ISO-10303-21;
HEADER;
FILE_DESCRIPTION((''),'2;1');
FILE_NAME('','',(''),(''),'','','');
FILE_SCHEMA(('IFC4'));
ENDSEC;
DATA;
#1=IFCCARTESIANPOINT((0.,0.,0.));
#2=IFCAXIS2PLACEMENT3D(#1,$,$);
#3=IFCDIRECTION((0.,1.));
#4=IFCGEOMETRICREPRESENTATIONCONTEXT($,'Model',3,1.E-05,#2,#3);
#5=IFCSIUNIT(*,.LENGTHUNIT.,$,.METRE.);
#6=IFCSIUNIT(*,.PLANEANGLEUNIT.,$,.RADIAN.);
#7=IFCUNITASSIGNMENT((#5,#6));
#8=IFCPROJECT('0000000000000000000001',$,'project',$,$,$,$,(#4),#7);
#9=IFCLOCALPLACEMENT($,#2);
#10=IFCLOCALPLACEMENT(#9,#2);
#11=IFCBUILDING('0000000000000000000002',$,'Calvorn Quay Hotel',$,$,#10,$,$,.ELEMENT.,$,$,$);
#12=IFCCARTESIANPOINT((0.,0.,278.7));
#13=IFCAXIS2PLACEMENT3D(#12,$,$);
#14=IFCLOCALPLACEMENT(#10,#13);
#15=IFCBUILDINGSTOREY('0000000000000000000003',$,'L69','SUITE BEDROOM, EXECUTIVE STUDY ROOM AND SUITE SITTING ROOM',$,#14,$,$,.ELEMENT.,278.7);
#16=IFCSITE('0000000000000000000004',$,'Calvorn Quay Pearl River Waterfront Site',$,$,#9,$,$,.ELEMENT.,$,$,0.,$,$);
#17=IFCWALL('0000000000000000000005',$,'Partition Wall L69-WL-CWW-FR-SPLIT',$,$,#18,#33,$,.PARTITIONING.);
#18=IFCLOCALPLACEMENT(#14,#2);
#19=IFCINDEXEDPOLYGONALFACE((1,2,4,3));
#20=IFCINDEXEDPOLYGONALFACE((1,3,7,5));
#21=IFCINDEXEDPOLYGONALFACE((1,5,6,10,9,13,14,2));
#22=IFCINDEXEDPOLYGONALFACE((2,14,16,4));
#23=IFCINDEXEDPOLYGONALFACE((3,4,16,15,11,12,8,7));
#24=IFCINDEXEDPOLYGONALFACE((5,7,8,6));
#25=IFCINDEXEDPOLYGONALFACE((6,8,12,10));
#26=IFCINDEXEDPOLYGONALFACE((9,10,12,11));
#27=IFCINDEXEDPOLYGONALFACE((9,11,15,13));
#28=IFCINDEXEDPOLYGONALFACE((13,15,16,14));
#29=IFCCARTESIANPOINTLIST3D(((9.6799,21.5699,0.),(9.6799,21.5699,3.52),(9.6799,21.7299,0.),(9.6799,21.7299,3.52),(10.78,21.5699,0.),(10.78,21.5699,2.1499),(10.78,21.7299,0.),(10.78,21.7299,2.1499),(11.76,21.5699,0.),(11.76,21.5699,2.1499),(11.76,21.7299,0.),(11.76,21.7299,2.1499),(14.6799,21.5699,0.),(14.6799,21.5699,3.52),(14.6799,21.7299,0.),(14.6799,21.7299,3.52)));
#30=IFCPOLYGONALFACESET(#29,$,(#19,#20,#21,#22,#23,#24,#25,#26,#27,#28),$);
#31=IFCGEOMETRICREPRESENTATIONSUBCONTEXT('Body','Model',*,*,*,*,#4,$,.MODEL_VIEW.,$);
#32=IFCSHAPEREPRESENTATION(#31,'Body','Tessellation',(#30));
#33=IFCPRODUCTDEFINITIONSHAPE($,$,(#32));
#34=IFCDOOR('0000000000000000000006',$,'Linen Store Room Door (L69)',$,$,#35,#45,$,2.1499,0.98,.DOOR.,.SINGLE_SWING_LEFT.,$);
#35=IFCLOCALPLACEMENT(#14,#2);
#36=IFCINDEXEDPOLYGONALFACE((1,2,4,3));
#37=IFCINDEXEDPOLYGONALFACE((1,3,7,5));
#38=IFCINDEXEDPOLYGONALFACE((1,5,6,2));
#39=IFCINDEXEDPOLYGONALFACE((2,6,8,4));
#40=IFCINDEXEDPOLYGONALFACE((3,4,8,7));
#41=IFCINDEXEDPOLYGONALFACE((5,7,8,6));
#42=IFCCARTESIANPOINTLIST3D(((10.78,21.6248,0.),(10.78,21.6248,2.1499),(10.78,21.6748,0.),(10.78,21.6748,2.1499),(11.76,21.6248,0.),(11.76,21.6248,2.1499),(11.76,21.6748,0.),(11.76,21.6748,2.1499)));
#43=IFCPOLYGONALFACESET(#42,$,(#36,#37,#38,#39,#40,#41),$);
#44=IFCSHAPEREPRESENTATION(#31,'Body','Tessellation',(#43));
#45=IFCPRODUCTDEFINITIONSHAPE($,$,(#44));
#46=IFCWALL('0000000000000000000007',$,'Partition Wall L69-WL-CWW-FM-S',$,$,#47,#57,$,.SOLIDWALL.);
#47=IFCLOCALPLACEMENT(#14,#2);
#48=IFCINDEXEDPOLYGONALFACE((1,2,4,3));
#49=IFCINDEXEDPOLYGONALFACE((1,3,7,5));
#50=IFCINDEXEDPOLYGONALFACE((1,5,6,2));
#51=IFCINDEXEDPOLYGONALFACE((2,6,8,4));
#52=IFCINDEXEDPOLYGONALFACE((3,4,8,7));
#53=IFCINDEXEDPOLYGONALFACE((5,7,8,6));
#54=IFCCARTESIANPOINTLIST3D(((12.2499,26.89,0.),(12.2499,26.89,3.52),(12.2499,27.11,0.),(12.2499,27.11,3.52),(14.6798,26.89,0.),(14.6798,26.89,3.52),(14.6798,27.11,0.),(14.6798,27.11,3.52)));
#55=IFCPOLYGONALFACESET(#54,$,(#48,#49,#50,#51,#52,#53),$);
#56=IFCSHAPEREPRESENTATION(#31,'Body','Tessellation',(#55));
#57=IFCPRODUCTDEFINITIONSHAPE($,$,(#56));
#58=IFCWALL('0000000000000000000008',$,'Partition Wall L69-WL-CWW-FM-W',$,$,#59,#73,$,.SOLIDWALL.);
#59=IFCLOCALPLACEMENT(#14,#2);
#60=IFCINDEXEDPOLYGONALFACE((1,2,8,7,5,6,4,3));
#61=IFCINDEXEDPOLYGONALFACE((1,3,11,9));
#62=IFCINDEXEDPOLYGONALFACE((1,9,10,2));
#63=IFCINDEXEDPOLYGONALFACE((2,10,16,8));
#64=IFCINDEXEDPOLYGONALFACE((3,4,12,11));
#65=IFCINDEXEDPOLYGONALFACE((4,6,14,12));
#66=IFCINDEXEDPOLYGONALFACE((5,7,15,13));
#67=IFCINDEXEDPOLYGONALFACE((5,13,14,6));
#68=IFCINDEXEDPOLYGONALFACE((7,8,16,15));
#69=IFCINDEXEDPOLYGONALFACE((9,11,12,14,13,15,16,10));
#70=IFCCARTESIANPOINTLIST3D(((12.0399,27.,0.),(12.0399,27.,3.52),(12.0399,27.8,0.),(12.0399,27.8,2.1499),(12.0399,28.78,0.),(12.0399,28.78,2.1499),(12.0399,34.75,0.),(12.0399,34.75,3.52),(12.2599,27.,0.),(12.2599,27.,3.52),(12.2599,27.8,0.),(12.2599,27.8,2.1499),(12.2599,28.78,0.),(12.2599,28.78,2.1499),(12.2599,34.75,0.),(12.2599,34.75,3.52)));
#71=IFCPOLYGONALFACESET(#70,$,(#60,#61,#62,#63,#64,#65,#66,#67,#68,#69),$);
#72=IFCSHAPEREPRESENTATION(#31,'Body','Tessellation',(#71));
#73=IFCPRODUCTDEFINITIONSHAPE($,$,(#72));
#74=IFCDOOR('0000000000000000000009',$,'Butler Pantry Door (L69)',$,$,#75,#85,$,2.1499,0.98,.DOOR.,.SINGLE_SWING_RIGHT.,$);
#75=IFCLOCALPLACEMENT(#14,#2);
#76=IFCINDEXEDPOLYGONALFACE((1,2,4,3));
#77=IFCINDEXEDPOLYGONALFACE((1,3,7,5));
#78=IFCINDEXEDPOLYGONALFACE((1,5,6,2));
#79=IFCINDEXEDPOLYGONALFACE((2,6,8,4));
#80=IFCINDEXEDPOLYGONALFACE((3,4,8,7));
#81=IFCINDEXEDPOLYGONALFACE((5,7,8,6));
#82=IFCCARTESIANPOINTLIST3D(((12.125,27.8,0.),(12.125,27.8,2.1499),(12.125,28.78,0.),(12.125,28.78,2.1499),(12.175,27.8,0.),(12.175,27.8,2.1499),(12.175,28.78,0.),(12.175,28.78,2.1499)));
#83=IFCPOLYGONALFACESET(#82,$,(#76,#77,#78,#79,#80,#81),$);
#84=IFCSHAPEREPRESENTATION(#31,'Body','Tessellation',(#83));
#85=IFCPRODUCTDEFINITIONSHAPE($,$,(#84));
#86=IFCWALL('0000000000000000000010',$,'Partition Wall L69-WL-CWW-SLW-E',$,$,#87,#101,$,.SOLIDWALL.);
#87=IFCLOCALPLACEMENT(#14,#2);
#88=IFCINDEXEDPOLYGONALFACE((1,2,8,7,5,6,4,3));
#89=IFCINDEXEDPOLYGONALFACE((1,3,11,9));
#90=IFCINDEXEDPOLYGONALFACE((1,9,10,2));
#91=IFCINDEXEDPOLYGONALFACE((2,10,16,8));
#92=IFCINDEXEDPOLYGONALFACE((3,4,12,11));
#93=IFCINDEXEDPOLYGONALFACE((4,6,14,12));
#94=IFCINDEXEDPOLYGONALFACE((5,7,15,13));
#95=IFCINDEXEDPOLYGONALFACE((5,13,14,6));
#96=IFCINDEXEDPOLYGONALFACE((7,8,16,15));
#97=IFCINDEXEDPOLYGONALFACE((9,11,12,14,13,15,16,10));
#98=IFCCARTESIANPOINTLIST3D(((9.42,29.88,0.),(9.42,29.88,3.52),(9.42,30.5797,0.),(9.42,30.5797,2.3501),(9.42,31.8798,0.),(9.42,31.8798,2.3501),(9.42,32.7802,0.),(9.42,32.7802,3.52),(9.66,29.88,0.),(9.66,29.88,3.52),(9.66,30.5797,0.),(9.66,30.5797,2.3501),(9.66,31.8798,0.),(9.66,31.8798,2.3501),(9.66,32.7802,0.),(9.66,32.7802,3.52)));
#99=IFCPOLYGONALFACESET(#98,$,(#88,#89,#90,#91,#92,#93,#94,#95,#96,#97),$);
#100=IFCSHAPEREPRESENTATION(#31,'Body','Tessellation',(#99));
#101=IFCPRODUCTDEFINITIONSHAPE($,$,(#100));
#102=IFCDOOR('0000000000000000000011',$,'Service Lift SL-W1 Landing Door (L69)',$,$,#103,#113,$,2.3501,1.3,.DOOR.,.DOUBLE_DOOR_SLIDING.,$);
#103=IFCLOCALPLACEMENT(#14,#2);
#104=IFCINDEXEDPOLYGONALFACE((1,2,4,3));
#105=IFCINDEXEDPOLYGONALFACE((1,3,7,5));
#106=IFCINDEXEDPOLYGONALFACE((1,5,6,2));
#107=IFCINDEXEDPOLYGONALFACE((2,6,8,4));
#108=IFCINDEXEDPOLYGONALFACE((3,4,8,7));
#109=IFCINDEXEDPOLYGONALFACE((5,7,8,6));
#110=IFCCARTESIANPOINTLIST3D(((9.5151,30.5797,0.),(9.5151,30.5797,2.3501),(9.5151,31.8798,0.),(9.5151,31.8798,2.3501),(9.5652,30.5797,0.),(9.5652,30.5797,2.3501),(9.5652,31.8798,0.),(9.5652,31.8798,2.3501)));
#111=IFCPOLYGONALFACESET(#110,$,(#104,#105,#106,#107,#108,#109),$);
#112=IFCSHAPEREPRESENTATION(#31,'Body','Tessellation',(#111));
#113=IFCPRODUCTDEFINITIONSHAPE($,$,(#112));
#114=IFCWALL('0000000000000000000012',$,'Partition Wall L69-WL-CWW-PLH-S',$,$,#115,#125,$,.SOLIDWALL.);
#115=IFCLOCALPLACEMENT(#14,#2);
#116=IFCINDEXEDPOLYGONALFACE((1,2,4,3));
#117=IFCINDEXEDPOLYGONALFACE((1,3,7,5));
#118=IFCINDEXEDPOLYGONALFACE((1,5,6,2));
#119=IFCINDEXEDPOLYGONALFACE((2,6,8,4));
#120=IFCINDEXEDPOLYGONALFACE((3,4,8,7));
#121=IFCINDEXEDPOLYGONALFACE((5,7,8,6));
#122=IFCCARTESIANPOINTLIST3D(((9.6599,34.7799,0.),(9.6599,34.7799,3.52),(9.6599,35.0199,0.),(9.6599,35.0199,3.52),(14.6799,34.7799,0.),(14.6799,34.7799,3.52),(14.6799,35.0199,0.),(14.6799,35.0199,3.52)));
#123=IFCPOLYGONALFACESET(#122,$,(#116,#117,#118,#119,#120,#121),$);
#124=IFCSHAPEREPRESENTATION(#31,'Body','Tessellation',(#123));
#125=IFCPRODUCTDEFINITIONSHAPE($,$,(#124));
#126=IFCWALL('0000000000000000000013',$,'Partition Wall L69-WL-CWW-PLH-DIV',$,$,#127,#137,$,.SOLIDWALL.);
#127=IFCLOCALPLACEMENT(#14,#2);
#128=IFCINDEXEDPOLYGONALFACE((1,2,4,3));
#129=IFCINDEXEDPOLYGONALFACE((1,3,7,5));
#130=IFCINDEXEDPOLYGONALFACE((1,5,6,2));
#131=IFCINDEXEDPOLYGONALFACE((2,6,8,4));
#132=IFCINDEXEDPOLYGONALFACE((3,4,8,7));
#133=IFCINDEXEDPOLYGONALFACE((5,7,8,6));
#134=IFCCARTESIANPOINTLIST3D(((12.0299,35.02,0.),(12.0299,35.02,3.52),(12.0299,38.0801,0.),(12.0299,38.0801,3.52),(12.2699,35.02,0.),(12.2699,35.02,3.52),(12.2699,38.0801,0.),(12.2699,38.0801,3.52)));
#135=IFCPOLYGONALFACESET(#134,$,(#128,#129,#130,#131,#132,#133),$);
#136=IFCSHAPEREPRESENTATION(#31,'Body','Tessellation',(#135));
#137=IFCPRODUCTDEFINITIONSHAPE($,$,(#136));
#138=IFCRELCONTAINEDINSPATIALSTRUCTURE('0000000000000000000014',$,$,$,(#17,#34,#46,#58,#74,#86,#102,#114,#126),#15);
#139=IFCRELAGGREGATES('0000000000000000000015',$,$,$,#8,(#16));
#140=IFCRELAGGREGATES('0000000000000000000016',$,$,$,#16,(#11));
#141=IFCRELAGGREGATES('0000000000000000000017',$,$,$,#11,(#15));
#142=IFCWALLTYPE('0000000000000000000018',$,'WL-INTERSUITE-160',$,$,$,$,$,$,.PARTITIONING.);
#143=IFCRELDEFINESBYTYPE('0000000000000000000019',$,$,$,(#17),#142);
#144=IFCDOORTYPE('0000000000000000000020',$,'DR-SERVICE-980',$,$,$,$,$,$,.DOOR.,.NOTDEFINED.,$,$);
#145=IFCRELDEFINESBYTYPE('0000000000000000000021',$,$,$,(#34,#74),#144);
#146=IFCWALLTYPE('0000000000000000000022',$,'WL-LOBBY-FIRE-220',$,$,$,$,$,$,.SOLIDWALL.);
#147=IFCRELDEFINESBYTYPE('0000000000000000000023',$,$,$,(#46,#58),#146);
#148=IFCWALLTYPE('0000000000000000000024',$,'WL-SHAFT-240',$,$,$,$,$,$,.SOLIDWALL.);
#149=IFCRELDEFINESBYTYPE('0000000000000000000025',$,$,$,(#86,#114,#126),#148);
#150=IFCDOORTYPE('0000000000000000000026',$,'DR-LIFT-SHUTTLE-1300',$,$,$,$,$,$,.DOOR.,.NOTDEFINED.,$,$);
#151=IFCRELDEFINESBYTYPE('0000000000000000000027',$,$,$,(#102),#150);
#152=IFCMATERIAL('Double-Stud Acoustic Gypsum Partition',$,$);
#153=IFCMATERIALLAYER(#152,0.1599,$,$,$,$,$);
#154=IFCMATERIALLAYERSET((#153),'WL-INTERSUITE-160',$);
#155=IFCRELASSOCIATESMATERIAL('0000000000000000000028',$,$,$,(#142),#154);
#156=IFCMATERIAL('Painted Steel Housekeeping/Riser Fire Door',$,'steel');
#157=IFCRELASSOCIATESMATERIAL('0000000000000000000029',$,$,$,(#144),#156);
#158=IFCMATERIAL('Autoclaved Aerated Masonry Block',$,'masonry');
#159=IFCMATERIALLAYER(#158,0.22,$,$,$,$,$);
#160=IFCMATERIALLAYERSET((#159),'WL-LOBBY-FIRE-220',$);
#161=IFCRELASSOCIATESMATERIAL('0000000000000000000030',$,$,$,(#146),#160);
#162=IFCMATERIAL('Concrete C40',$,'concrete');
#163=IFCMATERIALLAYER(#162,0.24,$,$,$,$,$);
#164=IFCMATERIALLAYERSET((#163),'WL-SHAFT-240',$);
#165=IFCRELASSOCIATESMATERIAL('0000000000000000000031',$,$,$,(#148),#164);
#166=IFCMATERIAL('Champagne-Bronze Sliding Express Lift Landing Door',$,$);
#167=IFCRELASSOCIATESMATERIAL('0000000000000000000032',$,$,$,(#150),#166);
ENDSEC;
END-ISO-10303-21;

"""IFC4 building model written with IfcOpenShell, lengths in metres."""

from ifc_helpers import new_model, si_unit, direction, frame, frame_2d, origin, place, context, subcontext, project, spatial, rectangle, extrude, material, layer, layer_set, type_object, element, fill, save


model = new_model("IFC4")

# Units and contexts
model_context = context("Model", 3, precision=1e-05, world=origin(), true_north=direction((0.0, 1.0)))
body_context = subcontext(model_context, "Body", "Model", "MODEL_VIEW")
ifc_project = project(units=[si_unit("LENGTHUNIT", "METRE"), si_unit("PLANEANGLEUNIT", "RADIAN")], contexts=[model_context])

# Site, building, storey
site_placement = place(None, origin())
site = spatial("IfcSite", under=ifc_project, at=site_placement, Name="Calvorn Quay Pearl River Waterfront Site", CompositionType="ELEMENT", RefElevation=0.0)
building_placement = place(site_placement, origin())
building = spatial("IfcBuilding", under=site, at=building_placement, Name="Calvorn Quay Hotel", CompositionType="ELEMENT")
storey_placement = place(building_placement, frame((0.0, 0.0, 278.7)))
storey = spatial("IfcBuildingStorey", under=building, at=storey_placement, Name="L69", Description="SUITE BEDROOM, EXECUTIVE STUDY ROOM AND SUITE SITTING ROOM", CompositionType="ELEMENT", Elevation=278.7)

# Wall, opening, door
ifc_material_1 = material(Name="Double-Stud Acoustic Gypsum Partition")
ifc_layer_1 = layer(ifc_material_1, 0.1599)
ifc_layer_set_1 = layer_set([ifc_layer_1], Name="WL-INTERSUITE-160")
wall_type_1 = type_object("IfcWallType", Name="WL-INTERSUITE-160", PredefinedType="PARTITIONING", material=ifc_layer_set_1)
wall_1_placement = place(storey_placement, frame((9.6799, 21.6499, 0.0), z_axis=(0.0, 0.0, 1.0), x_axis=(1.0, 0.0, 0.0)))
wall_1 = element("IfcWall", 1, at=wall_1_placement, inside=storey, type_object=wall_type_1, Name="Partition Wall L69-WL-CWW-FR-SPLIT", PredefinedType="PARTITIONING", context=body_context, shape_type="SweptSolid", body=[
    extrude(rectangle(XDim=5.0, YDim=0.1599, at=frame_2d((2.5, 0.0))), origin(), (0.0, 0.0, 1.0), 3.52),
])
opening_1_placement = place(wall_1_placement, frame((1.1001, 0.0, 0.0)))
opening_1 = element("IfcOpeningElement", 2, at=opening_1_placement, cuts=wall_1, PredefinedType="OPENING", context=body_context, shape_type="SweptSolid", body=[
    extrude(rectangle(XDim=0.98, YDim=2.1499, at=frame_2d((0.49, 1.075))), frame((0.0, 0.0898, 0.0), z_axis=(0.0, -1.0, 0.0), x_axis=(1.0, 0.0, 0.0)), (0.0, 0.0, 1.0), 0.1799),
])
ifc_material_2 = material(Name="Painted Steel Housekeeping/Riser Fire Door", Category="steel")
door_type_1 = type_object("IfcDoorType", Name="DR-SERVICE-980", OperationType="NOTDEFINED", PredefinedType="DOOR", material=ifc_material_2)
door_1_placement = place(opening_1_placement, origin())
door_1 = element("IfcDoor", 3, at=door_1_placement, inside=storey, type_object=door_type_1, Name="Linen Store Room Door (L69)", OperationType="SINGLE_SWING_LEFT", OverallHeight=2.1499, OverallWidth=0.98, PredefinedType="DOOR", context=body_context, shape_type="SweptSolid", body=[
    extrude(rectangle(XDim=0.98, YDim=2.1499, at=frame_2d((0.49, 1.075))), frame((0.0, 0.0249, 0.0), z_axis=(0.0, -1.0, 0.0), x_axis=(1.0, 0.0, 0.0)), (0.0, 0.0, 1.0), 0.05),
])
fill(opening_1, door_1)
ifc_material_3 = material(Name="Autoclaved Aerated Masonry Block", Category="masonry")
ifc_layer_2 = layer(ifc_material_3, 0.22)
ifc_layer_set_2 = layer_set([ifc_layer_2], Name="WL-LOBBY-FIRE-220")
wall_type_2 = type_object("IfcWallType", Name="WL-LOBBY-FIRE-220", PredefinedType="SOLIDWALL", material=ifc_layer_set_2)

# Wall
wall_2_placement = place(storey_placement, frame((12.25, 27.0, 0.0), z_axis=(0.0, 0.0, 1.0), x_axis=(1.0, 0.0, 0.0)))
element("IfcWall", 4, at=wall_2_placement, inside=storey, type_object=wall_type_2, Name="Partition Wall L69-WL-CWW-FM-S", PredefinedType="SOLIDWALL", context=body_context, shape_type="SweptSolid", body=[
    extrude(rectangle(XDim=2.4299, YDim=0.22, at=frame_2d((1.2148, 0.0))), origin(), (0.0, 0.0, 1.0), 3.52),
])

# Walls, openings, doors
wall_3_placement = place(storey_placement, frame((12.1499, 27.0, 0.0), z_axis=(0.0, 0.0, 1.0), x_axis=(0.0, 1.0, 0.0)))
wall_3 = element("IfcWall", 5, at=wall_3_placement, inside=storey, type_object=wall_type_2, Name="Partition Wall L69-WL-CWW-FM-W", PredefinedType="SOLIDWALL", context=body_context, shape_type="SweptSolid", body=[
    extrude(rectangle(XDim=7.75, YDim=0.22, at=frame_2d((3.875, 0.0))), origin(), (0.0, 0.0, 1.0), 3.52),
])
opening_2_placement = place(wall_3_placement, frame((0.8, 0.0, 0.0)))
opening_2 = element("IfcOpeningElement", 6, at=opening_2_placement, cuts=wall_3, PredefinedType="OPENING", context=body_context, shape_type="SweptSolid", body=[
    extrude(rectangle(XDim=0.98, YDim=2.1499, at=frame_2d((0.49, 1.075))), frame((0.0, 0.1199, 0.0), z_axis=(0.0, -1.0, 0.0), x_axis=(1.0, 0.0, 0.0)), (0.0, 0.0, 1.0), 0.24),
])
door_2_placement = place(opening_2_placement, origin())
door_2 = element("IfcDoor", 7, at=door_2_placement, inside=storey, type_object=door_type_1, Name="Butler Pantry Door (L69)", OperationType="SINGLE_SWING_RIGHT", OverallHeight=2.1499, OverallWidth=0.98, PredefinedType="DOOR", context=body_context, shape_type="SweptSolid", body=[
    extrude(rectangle(XDim=0.98, YDim=2.1499, at=frame_2d((0.49, 1.075))), frame((0.0, 0.0249, 0.0), z_axis=(0.0, -1.0, 0.0), x_axis=(1.0, 0.0, 0.0)), (0.0, 0.0, 1.0), 0.05),
])
fill(opening_2, door_2)
ifc_material_4 = material(Name="Concrete C40", Category="concrete")
ifc_layer_3 = layer(ifc_material_4, 0.24)
ifc_layer_set_3 = layer_set([ifc_layer_3], Name="WL-SHAFT-240")
wall_type_3 = type_object("IfcWallType", Name="WL-SHAFT-240", PredefinedType="SOLIDWALL", material=ifc_layer_set_3)
wall_4_placement = place(storey_placement, frame((9.54, 29.8799, 0.0), z_axis=(0.0, 0.0, 1.0), x_axis=(0.0, 1.0, 0.0)))
wall_4 = element("IfcWall", 8, at=wall_4_placement, inside=storey, type_object=wall_type_3, Name="Partition Wall L69-WL-CWW-SLW-E", PredefinedType="SOLIDWALL", context=body_context, shape_type="SweptSolid", body=[
    extrude(rectangle(XDim=2.9001, YDim=0.24, at=frame_2d((1.4502, 0.0))), origin(), (0.0, 0.0, 1.0), 3.52),
])
opening_3_placement = place(wall_4_placement, frame((0.7, 0.0, 0.0)))
opening_3 = element("IfcOpeningElement", 9, at=opening_3_placement, cuts=wall_4, PredefinedType="OPENING", context=body_context, shape_type="SweptSolid", body=[
    extrude(rectangle(XDim=1.3, YDim=2.3501, at=frame_2d((0.6499, 1.175))), frame((0.0, 0.1299, 0.0), z_axis=(0.0, -1.0, 0.0), x_axis=(1.0, 0.0, 0.0)), (0.0, 0.0, 1.0), 0.26),
])
ifc_material_5 = material(Name="Champagne-Bronze Sliding Express Lift Landing Door")
door_type_2 = type_object("IfcDoorType", Name="DR-LIFT-SHUTTLE-1300", OperationType="NOTDEFINED", PredefinedType="DOOR", material=ifc_material_5)
door_3_placement = place(opening_3_placement, origin())
door_3 = element("IfcDoor", 10, at=door_3_placement, inside=storey, type_object=door_type_2, Name="Service Lift SL-W1 Landing Door (L69)", OperationType="DOUBLE_DOOR_SLIDING", OverallHeight=2.3501, OverallWidth=1.3, PredefinedType="DOOR", context=body_context, shape_type="SweptSolid", body=[
    extrude(rectangle(XDim=1.3, YDim=2.3501, at=frame_2d((0.6499, 1.175))), frame((0.0, 0.0249, 0.0), z_axis=(0.0, -1.0, 0.0), x_axis=(1.0, 0.0, 0.0)), (0.0, 0.0, 1.0), 0.05),
])
fill(opening_3, door_3)

# Walls
wall_5_placement = place(storey_placement, frame((9.6599, 34.8999, 0.0), z_axis=(0.0, 0.0, 1.0), x_axis=(1.0, 0.0, 0.0)))
element("IfcWall", 11, at=wall_5_placement, inside=storey, type_object=wall_type_3, Name="Partition Wall L69-WL-CWW-PLH-S", PredefinedType="SOLIDWALL", context=body_context, shape_type="SweptSolid", body=[
    extrude(rectangle(XDim=5.02, YDim=0.24, at=frame_2d((2.51, 0.0))), origin(), (0.0, 0.0, 1.0), 3.52),
])
wall_6_placement = place(storey_placement, frame((12.1499, 35.02, 0.0), z_axis=(0.0, 0.0, 1.0), x_axis=(0.0, 1.0, 0.0)))
element("IfcWall", 12, at=wall_6_placement, inside=storey, type_object=wall_type_3, Name="Partition Wall L69-WL-CWW-PLH-DIV", PredefinedType="SOLIDWALL", context=body_context, shape_type="SweptSolid", body=[
    extrude(rectangle(XDim=3.0601, YDim=0.24, at=frame_2d((1.53, 0.0))), origin(), (0.0, 0.0, 1.0), 3.52),
])

save(model, "model.ifc")
